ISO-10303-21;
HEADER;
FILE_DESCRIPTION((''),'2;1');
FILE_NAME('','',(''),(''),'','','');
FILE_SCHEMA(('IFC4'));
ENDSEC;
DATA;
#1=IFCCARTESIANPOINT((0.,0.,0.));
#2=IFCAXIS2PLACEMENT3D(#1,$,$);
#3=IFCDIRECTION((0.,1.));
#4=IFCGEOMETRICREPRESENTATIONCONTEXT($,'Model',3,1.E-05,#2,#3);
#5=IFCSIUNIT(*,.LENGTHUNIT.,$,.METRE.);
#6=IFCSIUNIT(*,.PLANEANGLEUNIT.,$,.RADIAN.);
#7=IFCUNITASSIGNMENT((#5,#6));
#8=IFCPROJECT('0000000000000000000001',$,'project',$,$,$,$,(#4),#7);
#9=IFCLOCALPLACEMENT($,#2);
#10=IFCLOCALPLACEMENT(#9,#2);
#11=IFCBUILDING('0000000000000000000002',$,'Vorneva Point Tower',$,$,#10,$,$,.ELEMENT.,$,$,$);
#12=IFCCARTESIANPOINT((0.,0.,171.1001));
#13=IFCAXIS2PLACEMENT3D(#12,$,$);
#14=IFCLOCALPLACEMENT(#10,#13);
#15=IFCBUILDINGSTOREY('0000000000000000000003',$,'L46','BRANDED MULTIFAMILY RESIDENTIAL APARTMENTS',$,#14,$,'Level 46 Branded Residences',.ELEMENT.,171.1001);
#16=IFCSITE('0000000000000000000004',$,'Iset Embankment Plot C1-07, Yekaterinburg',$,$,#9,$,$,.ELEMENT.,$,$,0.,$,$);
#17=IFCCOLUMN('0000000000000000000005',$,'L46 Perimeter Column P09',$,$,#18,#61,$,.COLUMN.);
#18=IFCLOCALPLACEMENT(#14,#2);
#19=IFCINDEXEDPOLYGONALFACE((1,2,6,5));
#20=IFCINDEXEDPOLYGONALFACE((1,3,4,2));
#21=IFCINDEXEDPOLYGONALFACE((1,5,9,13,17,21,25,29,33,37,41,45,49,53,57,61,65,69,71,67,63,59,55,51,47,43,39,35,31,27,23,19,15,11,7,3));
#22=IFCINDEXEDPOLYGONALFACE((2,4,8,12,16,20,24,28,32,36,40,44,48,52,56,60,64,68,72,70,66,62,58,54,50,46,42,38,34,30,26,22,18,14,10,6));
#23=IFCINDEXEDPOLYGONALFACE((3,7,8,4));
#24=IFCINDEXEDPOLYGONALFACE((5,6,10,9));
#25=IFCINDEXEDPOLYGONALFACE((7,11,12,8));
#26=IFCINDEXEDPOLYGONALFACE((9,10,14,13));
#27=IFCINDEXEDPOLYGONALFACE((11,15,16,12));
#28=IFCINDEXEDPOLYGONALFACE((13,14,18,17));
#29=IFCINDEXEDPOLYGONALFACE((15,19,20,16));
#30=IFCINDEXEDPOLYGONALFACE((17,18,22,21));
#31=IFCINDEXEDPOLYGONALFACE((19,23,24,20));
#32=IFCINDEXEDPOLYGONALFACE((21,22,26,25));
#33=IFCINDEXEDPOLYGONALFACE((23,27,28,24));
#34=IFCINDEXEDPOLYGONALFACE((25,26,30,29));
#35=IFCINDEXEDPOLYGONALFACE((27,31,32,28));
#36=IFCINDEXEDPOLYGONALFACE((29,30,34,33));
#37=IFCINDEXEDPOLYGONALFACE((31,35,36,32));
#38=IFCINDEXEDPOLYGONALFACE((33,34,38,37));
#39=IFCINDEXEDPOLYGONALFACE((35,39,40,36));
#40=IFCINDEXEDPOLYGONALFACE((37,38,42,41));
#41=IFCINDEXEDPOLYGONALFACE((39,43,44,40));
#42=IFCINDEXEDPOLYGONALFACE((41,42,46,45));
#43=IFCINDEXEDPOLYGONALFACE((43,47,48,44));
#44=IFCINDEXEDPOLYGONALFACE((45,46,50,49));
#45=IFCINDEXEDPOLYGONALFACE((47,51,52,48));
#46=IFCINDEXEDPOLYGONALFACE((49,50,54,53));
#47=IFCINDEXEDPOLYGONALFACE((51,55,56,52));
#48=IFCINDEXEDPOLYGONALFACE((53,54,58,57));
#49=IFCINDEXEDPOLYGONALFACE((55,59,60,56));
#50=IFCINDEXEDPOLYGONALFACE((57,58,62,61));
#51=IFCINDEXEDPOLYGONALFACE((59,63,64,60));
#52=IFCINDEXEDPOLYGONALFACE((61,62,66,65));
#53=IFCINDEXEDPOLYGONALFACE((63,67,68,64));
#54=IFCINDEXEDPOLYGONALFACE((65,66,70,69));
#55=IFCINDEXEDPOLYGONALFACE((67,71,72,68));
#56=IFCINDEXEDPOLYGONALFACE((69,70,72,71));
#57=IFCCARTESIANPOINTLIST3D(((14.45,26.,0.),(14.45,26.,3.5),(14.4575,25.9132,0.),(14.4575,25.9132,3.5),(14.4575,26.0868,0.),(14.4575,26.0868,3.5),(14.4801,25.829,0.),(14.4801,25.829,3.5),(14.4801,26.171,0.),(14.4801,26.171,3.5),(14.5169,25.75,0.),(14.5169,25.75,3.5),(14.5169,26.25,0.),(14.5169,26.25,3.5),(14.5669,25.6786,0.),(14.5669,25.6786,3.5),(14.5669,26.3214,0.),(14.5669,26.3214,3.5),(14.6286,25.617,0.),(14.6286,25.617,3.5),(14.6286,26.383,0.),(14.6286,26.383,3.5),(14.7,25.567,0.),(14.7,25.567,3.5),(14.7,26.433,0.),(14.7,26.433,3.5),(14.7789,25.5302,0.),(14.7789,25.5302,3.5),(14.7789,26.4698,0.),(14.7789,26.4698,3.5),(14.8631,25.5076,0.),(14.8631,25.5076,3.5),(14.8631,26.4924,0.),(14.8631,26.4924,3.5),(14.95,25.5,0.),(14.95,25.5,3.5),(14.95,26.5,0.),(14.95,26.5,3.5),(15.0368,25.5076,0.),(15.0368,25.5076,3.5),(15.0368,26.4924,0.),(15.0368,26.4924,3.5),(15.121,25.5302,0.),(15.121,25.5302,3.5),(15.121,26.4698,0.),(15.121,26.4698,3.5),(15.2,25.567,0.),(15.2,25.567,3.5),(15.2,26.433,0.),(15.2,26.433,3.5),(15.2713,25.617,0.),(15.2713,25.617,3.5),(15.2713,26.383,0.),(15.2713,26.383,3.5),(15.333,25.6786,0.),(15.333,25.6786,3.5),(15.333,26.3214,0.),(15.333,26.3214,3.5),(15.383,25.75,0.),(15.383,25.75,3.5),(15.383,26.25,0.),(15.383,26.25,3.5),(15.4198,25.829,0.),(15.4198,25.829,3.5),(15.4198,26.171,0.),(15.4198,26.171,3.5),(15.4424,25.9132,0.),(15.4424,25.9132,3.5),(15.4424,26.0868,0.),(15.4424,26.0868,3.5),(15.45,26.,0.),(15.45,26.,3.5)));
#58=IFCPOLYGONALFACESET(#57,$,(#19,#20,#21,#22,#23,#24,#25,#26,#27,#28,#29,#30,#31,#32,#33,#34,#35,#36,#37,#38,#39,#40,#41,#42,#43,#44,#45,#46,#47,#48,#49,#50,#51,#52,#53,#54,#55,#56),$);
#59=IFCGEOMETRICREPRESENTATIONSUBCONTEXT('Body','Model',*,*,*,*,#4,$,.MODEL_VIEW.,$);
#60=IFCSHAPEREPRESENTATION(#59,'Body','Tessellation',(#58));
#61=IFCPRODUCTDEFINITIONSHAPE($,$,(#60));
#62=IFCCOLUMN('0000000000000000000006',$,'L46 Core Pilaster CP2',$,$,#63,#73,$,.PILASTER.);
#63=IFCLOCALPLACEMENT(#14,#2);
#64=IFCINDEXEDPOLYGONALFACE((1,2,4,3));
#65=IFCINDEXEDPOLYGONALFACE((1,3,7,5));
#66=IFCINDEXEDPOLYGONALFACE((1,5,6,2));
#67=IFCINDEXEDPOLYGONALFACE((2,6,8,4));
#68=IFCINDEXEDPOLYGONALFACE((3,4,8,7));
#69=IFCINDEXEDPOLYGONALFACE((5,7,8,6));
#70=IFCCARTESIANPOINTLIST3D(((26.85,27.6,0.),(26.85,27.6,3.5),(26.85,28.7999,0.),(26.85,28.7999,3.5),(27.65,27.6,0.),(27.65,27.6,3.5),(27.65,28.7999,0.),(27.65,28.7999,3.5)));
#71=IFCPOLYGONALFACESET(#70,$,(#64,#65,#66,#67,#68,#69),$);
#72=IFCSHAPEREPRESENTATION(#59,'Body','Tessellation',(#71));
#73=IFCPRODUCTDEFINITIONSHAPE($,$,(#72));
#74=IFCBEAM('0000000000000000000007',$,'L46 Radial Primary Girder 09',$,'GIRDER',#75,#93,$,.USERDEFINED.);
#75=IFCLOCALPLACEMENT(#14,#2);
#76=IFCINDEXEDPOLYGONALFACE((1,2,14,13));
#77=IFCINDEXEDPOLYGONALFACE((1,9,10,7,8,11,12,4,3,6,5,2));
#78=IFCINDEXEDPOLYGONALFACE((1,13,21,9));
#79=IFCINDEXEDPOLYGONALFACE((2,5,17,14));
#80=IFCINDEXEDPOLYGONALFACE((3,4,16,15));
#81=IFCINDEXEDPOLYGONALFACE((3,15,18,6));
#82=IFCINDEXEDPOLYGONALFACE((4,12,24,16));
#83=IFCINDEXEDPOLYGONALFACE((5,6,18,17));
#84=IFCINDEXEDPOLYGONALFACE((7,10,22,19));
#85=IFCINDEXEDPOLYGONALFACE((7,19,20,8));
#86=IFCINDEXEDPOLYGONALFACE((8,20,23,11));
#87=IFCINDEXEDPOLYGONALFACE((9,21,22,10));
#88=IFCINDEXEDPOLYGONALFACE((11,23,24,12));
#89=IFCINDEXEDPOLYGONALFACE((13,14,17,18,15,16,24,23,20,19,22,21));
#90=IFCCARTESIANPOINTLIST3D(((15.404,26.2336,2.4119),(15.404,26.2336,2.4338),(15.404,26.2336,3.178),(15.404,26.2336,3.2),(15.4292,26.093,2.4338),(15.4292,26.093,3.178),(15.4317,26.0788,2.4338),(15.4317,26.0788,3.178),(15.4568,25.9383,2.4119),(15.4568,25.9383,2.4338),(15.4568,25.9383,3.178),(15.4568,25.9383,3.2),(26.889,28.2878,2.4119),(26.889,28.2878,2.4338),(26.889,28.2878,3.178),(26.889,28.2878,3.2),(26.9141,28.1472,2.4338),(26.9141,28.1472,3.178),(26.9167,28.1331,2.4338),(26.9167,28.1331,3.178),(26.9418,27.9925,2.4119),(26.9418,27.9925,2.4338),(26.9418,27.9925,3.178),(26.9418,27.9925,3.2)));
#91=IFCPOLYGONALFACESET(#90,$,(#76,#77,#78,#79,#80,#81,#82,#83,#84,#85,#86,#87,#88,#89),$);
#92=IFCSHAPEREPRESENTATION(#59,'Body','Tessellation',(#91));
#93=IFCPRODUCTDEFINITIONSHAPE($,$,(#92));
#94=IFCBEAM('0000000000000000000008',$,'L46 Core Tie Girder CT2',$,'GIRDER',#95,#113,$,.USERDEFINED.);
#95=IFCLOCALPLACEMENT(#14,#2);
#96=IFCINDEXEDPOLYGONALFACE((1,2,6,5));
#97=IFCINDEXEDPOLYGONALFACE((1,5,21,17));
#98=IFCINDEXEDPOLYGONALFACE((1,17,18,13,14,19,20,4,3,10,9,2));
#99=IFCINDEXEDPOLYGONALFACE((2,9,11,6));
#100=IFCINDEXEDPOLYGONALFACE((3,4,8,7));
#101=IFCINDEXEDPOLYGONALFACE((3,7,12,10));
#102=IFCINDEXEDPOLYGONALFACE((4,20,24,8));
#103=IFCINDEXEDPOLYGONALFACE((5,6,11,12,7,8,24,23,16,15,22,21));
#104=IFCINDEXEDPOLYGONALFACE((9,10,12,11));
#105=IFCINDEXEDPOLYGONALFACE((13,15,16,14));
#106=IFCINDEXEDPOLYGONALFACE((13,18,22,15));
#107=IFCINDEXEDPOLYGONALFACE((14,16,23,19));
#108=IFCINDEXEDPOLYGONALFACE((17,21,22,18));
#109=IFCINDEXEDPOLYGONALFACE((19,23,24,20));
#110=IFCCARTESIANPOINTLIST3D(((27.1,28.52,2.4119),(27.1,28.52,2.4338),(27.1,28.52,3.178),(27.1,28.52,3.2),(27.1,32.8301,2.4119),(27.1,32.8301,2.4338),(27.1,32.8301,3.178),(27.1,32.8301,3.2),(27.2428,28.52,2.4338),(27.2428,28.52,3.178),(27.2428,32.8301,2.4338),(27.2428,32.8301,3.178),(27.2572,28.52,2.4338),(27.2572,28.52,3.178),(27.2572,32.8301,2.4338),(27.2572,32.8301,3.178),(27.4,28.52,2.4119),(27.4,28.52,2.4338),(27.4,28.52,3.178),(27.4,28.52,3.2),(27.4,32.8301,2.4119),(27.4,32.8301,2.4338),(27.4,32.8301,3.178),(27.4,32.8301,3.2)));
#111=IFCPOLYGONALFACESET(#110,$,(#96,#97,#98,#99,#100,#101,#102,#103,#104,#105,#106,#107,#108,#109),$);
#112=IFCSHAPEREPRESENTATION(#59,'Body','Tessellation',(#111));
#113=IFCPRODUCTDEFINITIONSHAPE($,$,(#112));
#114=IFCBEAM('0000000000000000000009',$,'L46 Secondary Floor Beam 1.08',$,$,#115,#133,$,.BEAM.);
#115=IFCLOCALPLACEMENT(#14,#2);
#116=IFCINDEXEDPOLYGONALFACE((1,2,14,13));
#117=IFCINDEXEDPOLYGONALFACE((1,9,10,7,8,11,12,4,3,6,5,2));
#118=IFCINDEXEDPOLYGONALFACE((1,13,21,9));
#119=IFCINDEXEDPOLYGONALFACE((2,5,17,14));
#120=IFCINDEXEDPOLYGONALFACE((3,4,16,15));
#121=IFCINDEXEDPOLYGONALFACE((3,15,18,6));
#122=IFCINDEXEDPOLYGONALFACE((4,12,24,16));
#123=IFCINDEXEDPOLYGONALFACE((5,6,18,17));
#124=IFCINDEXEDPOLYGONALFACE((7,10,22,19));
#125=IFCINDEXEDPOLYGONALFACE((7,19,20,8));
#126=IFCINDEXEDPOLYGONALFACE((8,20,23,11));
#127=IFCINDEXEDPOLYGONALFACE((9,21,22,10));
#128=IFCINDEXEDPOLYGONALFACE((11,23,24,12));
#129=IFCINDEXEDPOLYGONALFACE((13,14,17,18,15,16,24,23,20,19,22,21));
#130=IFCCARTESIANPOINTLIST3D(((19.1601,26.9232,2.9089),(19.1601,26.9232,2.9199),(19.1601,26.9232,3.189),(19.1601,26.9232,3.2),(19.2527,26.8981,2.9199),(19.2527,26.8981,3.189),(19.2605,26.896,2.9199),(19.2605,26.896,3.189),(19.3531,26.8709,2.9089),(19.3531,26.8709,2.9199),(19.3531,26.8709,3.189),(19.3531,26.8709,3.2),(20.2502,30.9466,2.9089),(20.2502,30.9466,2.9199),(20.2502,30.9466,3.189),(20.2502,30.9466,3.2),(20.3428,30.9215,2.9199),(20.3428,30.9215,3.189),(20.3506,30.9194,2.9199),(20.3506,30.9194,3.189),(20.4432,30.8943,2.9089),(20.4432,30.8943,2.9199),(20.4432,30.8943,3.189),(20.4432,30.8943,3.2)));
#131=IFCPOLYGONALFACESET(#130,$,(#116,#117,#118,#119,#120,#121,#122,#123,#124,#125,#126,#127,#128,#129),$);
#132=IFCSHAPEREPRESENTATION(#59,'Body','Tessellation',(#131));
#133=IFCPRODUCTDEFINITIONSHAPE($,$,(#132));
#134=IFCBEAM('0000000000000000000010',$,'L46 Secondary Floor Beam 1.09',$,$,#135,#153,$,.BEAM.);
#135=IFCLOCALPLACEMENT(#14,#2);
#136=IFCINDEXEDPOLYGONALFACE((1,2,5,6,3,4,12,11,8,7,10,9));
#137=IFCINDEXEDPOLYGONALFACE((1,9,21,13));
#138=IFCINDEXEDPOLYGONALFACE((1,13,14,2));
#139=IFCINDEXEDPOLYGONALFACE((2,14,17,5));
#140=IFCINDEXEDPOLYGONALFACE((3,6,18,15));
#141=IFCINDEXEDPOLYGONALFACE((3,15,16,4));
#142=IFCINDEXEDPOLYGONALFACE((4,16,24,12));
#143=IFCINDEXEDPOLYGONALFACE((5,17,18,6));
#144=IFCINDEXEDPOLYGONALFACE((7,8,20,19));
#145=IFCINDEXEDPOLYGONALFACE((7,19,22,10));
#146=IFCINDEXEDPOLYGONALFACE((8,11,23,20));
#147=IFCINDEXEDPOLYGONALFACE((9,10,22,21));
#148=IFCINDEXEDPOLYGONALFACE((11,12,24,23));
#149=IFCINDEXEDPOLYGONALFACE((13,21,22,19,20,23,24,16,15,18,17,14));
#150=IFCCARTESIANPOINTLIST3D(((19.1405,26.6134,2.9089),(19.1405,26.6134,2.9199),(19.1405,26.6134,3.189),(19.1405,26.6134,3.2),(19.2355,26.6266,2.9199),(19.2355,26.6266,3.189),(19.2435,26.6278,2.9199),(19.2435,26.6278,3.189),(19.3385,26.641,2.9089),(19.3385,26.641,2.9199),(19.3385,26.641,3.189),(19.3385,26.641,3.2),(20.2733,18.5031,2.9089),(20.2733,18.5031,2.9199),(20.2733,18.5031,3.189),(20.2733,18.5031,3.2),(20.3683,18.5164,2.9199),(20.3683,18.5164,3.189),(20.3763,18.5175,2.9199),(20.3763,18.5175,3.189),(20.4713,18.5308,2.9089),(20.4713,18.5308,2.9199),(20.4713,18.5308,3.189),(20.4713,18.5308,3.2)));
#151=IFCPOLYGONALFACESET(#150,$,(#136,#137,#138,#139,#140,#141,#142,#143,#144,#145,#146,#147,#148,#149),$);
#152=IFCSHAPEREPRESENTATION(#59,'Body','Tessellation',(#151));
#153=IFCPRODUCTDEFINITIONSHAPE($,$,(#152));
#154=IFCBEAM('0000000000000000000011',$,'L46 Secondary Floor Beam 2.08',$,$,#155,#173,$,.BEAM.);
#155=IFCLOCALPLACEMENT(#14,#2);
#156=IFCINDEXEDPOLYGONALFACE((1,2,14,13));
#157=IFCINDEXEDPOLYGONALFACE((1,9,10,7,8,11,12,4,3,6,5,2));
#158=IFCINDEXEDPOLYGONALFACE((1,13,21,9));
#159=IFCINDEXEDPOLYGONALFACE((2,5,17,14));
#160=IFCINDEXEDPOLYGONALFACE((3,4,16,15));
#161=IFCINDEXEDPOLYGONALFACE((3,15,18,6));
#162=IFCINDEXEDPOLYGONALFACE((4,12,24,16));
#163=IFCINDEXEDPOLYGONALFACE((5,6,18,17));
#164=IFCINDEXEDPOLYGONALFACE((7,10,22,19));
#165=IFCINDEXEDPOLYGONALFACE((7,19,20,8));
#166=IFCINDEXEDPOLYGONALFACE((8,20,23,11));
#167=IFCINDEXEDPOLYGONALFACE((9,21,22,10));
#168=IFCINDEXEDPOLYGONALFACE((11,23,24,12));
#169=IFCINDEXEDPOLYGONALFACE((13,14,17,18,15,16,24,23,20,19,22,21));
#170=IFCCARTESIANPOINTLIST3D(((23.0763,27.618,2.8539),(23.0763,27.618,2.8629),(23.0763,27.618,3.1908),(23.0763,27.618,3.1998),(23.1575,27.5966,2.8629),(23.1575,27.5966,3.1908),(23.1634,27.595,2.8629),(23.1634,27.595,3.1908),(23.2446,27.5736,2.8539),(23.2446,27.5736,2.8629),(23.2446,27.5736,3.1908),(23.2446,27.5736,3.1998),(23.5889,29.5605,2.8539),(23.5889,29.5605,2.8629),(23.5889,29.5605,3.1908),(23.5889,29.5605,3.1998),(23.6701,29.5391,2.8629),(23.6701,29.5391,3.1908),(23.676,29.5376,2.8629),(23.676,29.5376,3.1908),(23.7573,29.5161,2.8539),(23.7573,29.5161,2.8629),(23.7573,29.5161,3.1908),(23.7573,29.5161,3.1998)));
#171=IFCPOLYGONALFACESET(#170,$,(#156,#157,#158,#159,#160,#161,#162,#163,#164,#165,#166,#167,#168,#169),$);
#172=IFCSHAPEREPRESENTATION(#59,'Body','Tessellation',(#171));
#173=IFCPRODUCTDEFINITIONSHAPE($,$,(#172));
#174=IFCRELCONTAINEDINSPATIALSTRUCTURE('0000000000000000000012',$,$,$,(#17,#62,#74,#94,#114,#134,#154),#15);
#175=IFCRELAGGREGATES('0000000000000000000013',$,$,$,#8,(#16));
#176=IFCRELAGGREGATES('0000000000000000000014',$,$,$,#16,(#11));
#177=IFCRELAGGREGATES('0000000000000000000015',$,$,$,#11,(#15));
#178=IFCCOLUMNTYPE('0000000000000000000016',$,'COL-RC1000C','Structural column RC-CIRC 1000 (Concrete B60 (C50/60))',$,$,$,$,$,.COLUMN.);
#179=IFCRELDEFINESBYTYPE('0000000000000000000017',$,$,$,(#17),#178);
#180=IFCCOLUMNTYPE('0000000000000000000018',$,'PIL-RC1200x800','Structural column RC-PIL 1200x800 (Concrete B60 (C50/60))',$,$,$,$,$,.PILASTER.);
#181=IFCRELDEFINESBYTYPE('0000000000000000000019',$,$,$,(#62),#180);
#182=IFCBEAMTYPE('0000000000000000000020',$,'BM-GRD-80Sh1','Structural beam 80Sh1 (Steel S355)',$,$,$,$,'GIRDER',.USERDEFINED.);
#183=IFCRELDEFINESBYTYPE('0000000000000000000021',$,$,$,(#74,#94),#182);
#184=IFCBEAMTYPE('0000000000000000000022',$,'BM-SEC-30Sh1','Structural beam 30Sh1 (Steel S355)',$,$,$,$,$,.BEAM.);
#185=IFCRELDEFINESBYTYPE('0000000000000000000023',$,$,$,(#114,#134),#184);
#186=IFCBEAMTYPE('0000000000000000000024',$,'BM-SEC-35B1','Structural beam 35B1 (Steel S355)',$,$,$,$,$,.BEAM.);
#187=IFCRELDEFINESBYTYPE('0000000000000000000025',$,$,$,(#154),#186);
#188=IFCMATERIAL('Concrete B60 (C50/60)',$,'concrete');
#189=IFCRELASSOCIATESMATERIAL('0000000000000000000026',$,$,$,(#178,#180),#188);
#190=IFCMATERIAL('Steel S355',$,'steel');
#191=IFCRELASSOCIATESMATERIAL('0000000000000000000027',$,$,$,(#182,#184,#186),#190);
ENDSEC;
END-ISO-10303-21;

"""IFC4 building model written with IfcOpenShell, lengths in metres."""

from ifc_helpers import new_model, si_unit, direction, frame, origin, origin_2d, place, context, subcontext, project, spatial, rectangle, circle, i_section, extrude, material, material_profile, profile_set, type_object, element, save


model = new_model("IFC4")

# Units and contexts
model_context = context("Model", 3, precision=1e-05, world=origin(), true_north=direction((0.0, 1.0)))
body_context = subcontext(model_context, "Body", "Model", "MODEL_VIEW")
ifc_project = project(units=[si_unit("LENGTHUNIT", "METRE"), si_unit("PLANEANGLEUNIT", "RADIAN")], contexts=[model_context])

# Site, building, storey
site_placement = place(None, origin())
site = spatial("IfcSite", under=ifc_project, at=site_placement, Name="Iset Embankment Plot C1-07, Yekaterinburg", CompositionType="ELEMENT", RefElevation=0.0)
building_placement = place(site_placement, origin())
building = spatial("IfcBuilding", under=site, at=building_placement, Name="Vorneva Point Tower", CompositionType="ELEMENT")
storey_placement = place(building_placement, frame((0.0, 0.0, 171.1001)))
storey = spatial("IfcBuildingStorey", under=building, at=storey_placement, Name="L46", Description="BRANDED MULTIFAMILY RESIDENTIAL APARTMENTS", LongName="Level 46 Branded Residences", CompositionType="ELEMENT", Elevation=171.1001)

# Columns
ifc_material_1 = material(Name="Concrete B60 (C50/60)", Category="concrete")
ifc_material_profile_1 = material_profile(ifc_material_1, circle(Radius=0.5, at=origin_2d()), Name="RC-CIRC 1000")
ifc_profile_set_1 = profile_set([ifc_material_profile_1], Name="Concrete B60 (C50/60)")
column_type_1 = type_object("IfcColumnType", Name="COL-RC1000C", Description="Structural column RC-CIRC 1000 (Concrete B60 (C50/60))", PredefinedType="COLUMN", material=ifc_profile_set_1)
column_1_placement = place(storey_placement, frame((14.95, 26.0, 0.0), z_axis=(0.0, 0.0, 1.0), x_axis=(-1.0, 0.0, 0.0)))
element("IfcColumn", 1, at=column_1_placement, inside=storey, type_object=column_type_1, Name="L46 Perimeter Column P09", PredefinedType="COLUMN", context=body_context, shape_type="SweptSolid", body=[
    extrude(circle(Radius=0.5, at=origin_2d()), origin(), (0.0, 0.0, 1.0), 3.5),
])
ifc_material_profile_2 = material_profile(ifc_material_1, rectangle(XDim=0.8, YDim=1.2, at=origin_2d()), Name="RC-PIL 1200x800")
ifc_profile_set_2 = profile_set([ifc_material_profile_2], Name="Concrete B60 (C50/60)")
column_type_2 = type_object("IfcColumnType", Name="PIL-RC1200x800", Description="Structural column RC-PIL 1200x800 (Concrete B60 (C50/60))", PredefinedType="PILASTER", material=ifc_profile_set_2)
column_2_placement = place(storey_placement, frame((27.25, 28.2, 0.0), z_axis=(0.0, 0.0, 1.0), x_axis=(1.0, 0.0, 0.0)))
element("IfcColumn", 2, at=column_2_placement, inside=storey, type_object=column_type_2, Name="L46 Core Pilaster CP2", PredefinedType="PILASTER", context=body_context, shape_type="SweptSolid", body=[
    extrude(rectangle(XDim=0.8, YDim=1.2, at=origin_2d()), origin(), (0.0, 0.0, 1.0), 3.5),
])

# Beams
ifc_material_2 = material(Name="Steel S355", Category="steel")
ifc_material_profile_3 = material_profile(ifc_material_2, i_section(OverallWidth=0.3, OverallDepth=0.7881, WebThickness=0.0144, FlangeThickness=0.022, at=origin_2d()), Name="80Sh1")
ifc_profile_set_3 = profile_set([ifc_material_profile_3], Name="Steel S355")
beam_type_1 = type_object("IfcBeamType", Name="BM-GRD-80Sh1", Description="Structural beam 80Sh1 (Steel S355)", ElementType="GIRDER", PredefinedType="USERDEFINED", material=ifc_profile_set_3)
beam_1_placement = place(storey_placement, frame((15.4304, 26.0859, 2.8059), z_axis=(0.984378, 0.176067, 0.0), x_axis=(-0.176067, 0.984378, 0.0)))
element("IfcBeam", 3, at=beam_1_placement, inside=storey, type_object=beam_type_1, Name="L46 Radial Primary Girder 09", ObjectType="GIRDER", PredefinedType="USERDEFINED", context=body_context, shape_type="SweptSolid", body=[
    extrude(i_section(OverallWidth=0.3, OverallDepth=0.7881, WebThickness=0.0144, FlangeThickness=0.022, at=origin_2d()), origin(), (0.0, 0.0, 1.0), 11.6672),
])
beam_2_placement = place(storey_placement, frame((27.25, 28.52, 2.8059), z_axis=(0.0, 1.0, 0.0), x_axis=(-1.0, 0.0, 0.0)))
element("IfcBeam", 4, at=beam_2_placement, inside=storey, type_object=beam_type_1, Name="L46 Core Tie Girder CT2", ObjectType="GIRDER", PredefinedType="USERDEFINED", context=body_context, shape_type="SweptSolid", body=[
    extrude(i_section(OverallWidth=0.3, OverallDepth=0.7881, WebThickness=0.0144, FlangeThickness=0.022, at=origin_2d()), origin(), (0.0, 0.0, 1.0), 4.3101),
])
ifc_material_profile_4 = material_profile(ifc_material_2, i_section(OverallWidth=0.2, OverallDepth=0.291, WebThickness=0.0081, FlangeThickness=0.011, at=origin_2d()), Name="30Sh1")
ifc_profile_set_4 = profile_set([ifc_material_profile_4], Name="Steel S355")
beam_type_2 = type_object("IfcBeamType", Name="BM-SEC-30Sh1", Description="Structural beam 30Sh1 (Steel S355)", PredefinedType="BEAM", material=ifc_profile_set_4)
beam_3_placement = place(storey_placement, frame((20.3467, 30.9204, 3.0544), z_axis=(-0.261506, -0.965202, 0.0), x_axis=(0.965202, -0.261506, 0.0)))
element("IfcBeam", 5, at=beam_3_placement, inside=storey, type_object=beam_type_2, Name="L46 Secondary Floor Beam 1.08", PredefinedType="BEAM", context=body_context, shape_type="SweptSolid", body=[
    extrude(i_section(OverallWidth=0.2, OverallDepth=0.291, WebThickness=0.0081, FlangeThickness=0.011, at=origin_2d()), origin(), (0.0, 0.0, 1.0), 4.1685),
])
beam_4_placement = place(storey_placement, frame((19.2395, 26.6272, 3.0544), z_axis=(0.138332, -0.990386, 0.0), x_axis=(0.990386, 0.138332, 0.0)))
element("IfcBeam", 6, at=beam_4_placement, inside=storey, type_object=beam_type_2, Name="L46 Secondary Floor Beam 1.09", PredefinedType="BEAM", context=body_context, shape_type="SweptSolid", body=[
    extrude(i_section(OverallWidth=0.2, OverallDepth=0.291, WebThickness=0.0081, FlangeThickness=0.011, at=origin_2d()), origin(), (0.0, 0.0, 1.0), 8.189),
])
ifc_material_profile_5 = material_profile(ifc_material_2, i_section(OverallWidth=0.1741, OverallDepth=0.3459, WebThickness=0.0061, FlangeThickness=0.009, at=origin_2d()), Name="35B1")
ifc_profile_set_5 = profile_set([ifc_material_profile_5], Name="Steel S355")
beam_type_3 = type_object("IfcBeamType", Name="BM-SEC-35B1", Description="Structural beam 35B1 (Steel S355)", PredefinedType="BEAM", material=ifc_profile_set_5)
beam_5_placement = place(storey_placement, frame((23.6731, 29.5383, 3.0269), z_axis=(-0.255181, -0.966893, 0.0), x_axis=(0.966893, -0.255181, 0.0)))
element("IfcBeam", 7, at=beam_5_placement, inside=storey, type_object=beam_type_3, Name="L46 Secondary Floor Beam 2.08", PredefinedType="BEAM", context=body_context, shape_type="SweptSolid", body=[
    extrude(i_section(OverallWidth=0.1741, OverallDepth=0.3459, WebThickness=0.0061, FlangeThickness=0.009, at=origin_2d()), origin(), (0.0, 0.0, 1.0), 2.009),
])

save(model, "model.ifc")
